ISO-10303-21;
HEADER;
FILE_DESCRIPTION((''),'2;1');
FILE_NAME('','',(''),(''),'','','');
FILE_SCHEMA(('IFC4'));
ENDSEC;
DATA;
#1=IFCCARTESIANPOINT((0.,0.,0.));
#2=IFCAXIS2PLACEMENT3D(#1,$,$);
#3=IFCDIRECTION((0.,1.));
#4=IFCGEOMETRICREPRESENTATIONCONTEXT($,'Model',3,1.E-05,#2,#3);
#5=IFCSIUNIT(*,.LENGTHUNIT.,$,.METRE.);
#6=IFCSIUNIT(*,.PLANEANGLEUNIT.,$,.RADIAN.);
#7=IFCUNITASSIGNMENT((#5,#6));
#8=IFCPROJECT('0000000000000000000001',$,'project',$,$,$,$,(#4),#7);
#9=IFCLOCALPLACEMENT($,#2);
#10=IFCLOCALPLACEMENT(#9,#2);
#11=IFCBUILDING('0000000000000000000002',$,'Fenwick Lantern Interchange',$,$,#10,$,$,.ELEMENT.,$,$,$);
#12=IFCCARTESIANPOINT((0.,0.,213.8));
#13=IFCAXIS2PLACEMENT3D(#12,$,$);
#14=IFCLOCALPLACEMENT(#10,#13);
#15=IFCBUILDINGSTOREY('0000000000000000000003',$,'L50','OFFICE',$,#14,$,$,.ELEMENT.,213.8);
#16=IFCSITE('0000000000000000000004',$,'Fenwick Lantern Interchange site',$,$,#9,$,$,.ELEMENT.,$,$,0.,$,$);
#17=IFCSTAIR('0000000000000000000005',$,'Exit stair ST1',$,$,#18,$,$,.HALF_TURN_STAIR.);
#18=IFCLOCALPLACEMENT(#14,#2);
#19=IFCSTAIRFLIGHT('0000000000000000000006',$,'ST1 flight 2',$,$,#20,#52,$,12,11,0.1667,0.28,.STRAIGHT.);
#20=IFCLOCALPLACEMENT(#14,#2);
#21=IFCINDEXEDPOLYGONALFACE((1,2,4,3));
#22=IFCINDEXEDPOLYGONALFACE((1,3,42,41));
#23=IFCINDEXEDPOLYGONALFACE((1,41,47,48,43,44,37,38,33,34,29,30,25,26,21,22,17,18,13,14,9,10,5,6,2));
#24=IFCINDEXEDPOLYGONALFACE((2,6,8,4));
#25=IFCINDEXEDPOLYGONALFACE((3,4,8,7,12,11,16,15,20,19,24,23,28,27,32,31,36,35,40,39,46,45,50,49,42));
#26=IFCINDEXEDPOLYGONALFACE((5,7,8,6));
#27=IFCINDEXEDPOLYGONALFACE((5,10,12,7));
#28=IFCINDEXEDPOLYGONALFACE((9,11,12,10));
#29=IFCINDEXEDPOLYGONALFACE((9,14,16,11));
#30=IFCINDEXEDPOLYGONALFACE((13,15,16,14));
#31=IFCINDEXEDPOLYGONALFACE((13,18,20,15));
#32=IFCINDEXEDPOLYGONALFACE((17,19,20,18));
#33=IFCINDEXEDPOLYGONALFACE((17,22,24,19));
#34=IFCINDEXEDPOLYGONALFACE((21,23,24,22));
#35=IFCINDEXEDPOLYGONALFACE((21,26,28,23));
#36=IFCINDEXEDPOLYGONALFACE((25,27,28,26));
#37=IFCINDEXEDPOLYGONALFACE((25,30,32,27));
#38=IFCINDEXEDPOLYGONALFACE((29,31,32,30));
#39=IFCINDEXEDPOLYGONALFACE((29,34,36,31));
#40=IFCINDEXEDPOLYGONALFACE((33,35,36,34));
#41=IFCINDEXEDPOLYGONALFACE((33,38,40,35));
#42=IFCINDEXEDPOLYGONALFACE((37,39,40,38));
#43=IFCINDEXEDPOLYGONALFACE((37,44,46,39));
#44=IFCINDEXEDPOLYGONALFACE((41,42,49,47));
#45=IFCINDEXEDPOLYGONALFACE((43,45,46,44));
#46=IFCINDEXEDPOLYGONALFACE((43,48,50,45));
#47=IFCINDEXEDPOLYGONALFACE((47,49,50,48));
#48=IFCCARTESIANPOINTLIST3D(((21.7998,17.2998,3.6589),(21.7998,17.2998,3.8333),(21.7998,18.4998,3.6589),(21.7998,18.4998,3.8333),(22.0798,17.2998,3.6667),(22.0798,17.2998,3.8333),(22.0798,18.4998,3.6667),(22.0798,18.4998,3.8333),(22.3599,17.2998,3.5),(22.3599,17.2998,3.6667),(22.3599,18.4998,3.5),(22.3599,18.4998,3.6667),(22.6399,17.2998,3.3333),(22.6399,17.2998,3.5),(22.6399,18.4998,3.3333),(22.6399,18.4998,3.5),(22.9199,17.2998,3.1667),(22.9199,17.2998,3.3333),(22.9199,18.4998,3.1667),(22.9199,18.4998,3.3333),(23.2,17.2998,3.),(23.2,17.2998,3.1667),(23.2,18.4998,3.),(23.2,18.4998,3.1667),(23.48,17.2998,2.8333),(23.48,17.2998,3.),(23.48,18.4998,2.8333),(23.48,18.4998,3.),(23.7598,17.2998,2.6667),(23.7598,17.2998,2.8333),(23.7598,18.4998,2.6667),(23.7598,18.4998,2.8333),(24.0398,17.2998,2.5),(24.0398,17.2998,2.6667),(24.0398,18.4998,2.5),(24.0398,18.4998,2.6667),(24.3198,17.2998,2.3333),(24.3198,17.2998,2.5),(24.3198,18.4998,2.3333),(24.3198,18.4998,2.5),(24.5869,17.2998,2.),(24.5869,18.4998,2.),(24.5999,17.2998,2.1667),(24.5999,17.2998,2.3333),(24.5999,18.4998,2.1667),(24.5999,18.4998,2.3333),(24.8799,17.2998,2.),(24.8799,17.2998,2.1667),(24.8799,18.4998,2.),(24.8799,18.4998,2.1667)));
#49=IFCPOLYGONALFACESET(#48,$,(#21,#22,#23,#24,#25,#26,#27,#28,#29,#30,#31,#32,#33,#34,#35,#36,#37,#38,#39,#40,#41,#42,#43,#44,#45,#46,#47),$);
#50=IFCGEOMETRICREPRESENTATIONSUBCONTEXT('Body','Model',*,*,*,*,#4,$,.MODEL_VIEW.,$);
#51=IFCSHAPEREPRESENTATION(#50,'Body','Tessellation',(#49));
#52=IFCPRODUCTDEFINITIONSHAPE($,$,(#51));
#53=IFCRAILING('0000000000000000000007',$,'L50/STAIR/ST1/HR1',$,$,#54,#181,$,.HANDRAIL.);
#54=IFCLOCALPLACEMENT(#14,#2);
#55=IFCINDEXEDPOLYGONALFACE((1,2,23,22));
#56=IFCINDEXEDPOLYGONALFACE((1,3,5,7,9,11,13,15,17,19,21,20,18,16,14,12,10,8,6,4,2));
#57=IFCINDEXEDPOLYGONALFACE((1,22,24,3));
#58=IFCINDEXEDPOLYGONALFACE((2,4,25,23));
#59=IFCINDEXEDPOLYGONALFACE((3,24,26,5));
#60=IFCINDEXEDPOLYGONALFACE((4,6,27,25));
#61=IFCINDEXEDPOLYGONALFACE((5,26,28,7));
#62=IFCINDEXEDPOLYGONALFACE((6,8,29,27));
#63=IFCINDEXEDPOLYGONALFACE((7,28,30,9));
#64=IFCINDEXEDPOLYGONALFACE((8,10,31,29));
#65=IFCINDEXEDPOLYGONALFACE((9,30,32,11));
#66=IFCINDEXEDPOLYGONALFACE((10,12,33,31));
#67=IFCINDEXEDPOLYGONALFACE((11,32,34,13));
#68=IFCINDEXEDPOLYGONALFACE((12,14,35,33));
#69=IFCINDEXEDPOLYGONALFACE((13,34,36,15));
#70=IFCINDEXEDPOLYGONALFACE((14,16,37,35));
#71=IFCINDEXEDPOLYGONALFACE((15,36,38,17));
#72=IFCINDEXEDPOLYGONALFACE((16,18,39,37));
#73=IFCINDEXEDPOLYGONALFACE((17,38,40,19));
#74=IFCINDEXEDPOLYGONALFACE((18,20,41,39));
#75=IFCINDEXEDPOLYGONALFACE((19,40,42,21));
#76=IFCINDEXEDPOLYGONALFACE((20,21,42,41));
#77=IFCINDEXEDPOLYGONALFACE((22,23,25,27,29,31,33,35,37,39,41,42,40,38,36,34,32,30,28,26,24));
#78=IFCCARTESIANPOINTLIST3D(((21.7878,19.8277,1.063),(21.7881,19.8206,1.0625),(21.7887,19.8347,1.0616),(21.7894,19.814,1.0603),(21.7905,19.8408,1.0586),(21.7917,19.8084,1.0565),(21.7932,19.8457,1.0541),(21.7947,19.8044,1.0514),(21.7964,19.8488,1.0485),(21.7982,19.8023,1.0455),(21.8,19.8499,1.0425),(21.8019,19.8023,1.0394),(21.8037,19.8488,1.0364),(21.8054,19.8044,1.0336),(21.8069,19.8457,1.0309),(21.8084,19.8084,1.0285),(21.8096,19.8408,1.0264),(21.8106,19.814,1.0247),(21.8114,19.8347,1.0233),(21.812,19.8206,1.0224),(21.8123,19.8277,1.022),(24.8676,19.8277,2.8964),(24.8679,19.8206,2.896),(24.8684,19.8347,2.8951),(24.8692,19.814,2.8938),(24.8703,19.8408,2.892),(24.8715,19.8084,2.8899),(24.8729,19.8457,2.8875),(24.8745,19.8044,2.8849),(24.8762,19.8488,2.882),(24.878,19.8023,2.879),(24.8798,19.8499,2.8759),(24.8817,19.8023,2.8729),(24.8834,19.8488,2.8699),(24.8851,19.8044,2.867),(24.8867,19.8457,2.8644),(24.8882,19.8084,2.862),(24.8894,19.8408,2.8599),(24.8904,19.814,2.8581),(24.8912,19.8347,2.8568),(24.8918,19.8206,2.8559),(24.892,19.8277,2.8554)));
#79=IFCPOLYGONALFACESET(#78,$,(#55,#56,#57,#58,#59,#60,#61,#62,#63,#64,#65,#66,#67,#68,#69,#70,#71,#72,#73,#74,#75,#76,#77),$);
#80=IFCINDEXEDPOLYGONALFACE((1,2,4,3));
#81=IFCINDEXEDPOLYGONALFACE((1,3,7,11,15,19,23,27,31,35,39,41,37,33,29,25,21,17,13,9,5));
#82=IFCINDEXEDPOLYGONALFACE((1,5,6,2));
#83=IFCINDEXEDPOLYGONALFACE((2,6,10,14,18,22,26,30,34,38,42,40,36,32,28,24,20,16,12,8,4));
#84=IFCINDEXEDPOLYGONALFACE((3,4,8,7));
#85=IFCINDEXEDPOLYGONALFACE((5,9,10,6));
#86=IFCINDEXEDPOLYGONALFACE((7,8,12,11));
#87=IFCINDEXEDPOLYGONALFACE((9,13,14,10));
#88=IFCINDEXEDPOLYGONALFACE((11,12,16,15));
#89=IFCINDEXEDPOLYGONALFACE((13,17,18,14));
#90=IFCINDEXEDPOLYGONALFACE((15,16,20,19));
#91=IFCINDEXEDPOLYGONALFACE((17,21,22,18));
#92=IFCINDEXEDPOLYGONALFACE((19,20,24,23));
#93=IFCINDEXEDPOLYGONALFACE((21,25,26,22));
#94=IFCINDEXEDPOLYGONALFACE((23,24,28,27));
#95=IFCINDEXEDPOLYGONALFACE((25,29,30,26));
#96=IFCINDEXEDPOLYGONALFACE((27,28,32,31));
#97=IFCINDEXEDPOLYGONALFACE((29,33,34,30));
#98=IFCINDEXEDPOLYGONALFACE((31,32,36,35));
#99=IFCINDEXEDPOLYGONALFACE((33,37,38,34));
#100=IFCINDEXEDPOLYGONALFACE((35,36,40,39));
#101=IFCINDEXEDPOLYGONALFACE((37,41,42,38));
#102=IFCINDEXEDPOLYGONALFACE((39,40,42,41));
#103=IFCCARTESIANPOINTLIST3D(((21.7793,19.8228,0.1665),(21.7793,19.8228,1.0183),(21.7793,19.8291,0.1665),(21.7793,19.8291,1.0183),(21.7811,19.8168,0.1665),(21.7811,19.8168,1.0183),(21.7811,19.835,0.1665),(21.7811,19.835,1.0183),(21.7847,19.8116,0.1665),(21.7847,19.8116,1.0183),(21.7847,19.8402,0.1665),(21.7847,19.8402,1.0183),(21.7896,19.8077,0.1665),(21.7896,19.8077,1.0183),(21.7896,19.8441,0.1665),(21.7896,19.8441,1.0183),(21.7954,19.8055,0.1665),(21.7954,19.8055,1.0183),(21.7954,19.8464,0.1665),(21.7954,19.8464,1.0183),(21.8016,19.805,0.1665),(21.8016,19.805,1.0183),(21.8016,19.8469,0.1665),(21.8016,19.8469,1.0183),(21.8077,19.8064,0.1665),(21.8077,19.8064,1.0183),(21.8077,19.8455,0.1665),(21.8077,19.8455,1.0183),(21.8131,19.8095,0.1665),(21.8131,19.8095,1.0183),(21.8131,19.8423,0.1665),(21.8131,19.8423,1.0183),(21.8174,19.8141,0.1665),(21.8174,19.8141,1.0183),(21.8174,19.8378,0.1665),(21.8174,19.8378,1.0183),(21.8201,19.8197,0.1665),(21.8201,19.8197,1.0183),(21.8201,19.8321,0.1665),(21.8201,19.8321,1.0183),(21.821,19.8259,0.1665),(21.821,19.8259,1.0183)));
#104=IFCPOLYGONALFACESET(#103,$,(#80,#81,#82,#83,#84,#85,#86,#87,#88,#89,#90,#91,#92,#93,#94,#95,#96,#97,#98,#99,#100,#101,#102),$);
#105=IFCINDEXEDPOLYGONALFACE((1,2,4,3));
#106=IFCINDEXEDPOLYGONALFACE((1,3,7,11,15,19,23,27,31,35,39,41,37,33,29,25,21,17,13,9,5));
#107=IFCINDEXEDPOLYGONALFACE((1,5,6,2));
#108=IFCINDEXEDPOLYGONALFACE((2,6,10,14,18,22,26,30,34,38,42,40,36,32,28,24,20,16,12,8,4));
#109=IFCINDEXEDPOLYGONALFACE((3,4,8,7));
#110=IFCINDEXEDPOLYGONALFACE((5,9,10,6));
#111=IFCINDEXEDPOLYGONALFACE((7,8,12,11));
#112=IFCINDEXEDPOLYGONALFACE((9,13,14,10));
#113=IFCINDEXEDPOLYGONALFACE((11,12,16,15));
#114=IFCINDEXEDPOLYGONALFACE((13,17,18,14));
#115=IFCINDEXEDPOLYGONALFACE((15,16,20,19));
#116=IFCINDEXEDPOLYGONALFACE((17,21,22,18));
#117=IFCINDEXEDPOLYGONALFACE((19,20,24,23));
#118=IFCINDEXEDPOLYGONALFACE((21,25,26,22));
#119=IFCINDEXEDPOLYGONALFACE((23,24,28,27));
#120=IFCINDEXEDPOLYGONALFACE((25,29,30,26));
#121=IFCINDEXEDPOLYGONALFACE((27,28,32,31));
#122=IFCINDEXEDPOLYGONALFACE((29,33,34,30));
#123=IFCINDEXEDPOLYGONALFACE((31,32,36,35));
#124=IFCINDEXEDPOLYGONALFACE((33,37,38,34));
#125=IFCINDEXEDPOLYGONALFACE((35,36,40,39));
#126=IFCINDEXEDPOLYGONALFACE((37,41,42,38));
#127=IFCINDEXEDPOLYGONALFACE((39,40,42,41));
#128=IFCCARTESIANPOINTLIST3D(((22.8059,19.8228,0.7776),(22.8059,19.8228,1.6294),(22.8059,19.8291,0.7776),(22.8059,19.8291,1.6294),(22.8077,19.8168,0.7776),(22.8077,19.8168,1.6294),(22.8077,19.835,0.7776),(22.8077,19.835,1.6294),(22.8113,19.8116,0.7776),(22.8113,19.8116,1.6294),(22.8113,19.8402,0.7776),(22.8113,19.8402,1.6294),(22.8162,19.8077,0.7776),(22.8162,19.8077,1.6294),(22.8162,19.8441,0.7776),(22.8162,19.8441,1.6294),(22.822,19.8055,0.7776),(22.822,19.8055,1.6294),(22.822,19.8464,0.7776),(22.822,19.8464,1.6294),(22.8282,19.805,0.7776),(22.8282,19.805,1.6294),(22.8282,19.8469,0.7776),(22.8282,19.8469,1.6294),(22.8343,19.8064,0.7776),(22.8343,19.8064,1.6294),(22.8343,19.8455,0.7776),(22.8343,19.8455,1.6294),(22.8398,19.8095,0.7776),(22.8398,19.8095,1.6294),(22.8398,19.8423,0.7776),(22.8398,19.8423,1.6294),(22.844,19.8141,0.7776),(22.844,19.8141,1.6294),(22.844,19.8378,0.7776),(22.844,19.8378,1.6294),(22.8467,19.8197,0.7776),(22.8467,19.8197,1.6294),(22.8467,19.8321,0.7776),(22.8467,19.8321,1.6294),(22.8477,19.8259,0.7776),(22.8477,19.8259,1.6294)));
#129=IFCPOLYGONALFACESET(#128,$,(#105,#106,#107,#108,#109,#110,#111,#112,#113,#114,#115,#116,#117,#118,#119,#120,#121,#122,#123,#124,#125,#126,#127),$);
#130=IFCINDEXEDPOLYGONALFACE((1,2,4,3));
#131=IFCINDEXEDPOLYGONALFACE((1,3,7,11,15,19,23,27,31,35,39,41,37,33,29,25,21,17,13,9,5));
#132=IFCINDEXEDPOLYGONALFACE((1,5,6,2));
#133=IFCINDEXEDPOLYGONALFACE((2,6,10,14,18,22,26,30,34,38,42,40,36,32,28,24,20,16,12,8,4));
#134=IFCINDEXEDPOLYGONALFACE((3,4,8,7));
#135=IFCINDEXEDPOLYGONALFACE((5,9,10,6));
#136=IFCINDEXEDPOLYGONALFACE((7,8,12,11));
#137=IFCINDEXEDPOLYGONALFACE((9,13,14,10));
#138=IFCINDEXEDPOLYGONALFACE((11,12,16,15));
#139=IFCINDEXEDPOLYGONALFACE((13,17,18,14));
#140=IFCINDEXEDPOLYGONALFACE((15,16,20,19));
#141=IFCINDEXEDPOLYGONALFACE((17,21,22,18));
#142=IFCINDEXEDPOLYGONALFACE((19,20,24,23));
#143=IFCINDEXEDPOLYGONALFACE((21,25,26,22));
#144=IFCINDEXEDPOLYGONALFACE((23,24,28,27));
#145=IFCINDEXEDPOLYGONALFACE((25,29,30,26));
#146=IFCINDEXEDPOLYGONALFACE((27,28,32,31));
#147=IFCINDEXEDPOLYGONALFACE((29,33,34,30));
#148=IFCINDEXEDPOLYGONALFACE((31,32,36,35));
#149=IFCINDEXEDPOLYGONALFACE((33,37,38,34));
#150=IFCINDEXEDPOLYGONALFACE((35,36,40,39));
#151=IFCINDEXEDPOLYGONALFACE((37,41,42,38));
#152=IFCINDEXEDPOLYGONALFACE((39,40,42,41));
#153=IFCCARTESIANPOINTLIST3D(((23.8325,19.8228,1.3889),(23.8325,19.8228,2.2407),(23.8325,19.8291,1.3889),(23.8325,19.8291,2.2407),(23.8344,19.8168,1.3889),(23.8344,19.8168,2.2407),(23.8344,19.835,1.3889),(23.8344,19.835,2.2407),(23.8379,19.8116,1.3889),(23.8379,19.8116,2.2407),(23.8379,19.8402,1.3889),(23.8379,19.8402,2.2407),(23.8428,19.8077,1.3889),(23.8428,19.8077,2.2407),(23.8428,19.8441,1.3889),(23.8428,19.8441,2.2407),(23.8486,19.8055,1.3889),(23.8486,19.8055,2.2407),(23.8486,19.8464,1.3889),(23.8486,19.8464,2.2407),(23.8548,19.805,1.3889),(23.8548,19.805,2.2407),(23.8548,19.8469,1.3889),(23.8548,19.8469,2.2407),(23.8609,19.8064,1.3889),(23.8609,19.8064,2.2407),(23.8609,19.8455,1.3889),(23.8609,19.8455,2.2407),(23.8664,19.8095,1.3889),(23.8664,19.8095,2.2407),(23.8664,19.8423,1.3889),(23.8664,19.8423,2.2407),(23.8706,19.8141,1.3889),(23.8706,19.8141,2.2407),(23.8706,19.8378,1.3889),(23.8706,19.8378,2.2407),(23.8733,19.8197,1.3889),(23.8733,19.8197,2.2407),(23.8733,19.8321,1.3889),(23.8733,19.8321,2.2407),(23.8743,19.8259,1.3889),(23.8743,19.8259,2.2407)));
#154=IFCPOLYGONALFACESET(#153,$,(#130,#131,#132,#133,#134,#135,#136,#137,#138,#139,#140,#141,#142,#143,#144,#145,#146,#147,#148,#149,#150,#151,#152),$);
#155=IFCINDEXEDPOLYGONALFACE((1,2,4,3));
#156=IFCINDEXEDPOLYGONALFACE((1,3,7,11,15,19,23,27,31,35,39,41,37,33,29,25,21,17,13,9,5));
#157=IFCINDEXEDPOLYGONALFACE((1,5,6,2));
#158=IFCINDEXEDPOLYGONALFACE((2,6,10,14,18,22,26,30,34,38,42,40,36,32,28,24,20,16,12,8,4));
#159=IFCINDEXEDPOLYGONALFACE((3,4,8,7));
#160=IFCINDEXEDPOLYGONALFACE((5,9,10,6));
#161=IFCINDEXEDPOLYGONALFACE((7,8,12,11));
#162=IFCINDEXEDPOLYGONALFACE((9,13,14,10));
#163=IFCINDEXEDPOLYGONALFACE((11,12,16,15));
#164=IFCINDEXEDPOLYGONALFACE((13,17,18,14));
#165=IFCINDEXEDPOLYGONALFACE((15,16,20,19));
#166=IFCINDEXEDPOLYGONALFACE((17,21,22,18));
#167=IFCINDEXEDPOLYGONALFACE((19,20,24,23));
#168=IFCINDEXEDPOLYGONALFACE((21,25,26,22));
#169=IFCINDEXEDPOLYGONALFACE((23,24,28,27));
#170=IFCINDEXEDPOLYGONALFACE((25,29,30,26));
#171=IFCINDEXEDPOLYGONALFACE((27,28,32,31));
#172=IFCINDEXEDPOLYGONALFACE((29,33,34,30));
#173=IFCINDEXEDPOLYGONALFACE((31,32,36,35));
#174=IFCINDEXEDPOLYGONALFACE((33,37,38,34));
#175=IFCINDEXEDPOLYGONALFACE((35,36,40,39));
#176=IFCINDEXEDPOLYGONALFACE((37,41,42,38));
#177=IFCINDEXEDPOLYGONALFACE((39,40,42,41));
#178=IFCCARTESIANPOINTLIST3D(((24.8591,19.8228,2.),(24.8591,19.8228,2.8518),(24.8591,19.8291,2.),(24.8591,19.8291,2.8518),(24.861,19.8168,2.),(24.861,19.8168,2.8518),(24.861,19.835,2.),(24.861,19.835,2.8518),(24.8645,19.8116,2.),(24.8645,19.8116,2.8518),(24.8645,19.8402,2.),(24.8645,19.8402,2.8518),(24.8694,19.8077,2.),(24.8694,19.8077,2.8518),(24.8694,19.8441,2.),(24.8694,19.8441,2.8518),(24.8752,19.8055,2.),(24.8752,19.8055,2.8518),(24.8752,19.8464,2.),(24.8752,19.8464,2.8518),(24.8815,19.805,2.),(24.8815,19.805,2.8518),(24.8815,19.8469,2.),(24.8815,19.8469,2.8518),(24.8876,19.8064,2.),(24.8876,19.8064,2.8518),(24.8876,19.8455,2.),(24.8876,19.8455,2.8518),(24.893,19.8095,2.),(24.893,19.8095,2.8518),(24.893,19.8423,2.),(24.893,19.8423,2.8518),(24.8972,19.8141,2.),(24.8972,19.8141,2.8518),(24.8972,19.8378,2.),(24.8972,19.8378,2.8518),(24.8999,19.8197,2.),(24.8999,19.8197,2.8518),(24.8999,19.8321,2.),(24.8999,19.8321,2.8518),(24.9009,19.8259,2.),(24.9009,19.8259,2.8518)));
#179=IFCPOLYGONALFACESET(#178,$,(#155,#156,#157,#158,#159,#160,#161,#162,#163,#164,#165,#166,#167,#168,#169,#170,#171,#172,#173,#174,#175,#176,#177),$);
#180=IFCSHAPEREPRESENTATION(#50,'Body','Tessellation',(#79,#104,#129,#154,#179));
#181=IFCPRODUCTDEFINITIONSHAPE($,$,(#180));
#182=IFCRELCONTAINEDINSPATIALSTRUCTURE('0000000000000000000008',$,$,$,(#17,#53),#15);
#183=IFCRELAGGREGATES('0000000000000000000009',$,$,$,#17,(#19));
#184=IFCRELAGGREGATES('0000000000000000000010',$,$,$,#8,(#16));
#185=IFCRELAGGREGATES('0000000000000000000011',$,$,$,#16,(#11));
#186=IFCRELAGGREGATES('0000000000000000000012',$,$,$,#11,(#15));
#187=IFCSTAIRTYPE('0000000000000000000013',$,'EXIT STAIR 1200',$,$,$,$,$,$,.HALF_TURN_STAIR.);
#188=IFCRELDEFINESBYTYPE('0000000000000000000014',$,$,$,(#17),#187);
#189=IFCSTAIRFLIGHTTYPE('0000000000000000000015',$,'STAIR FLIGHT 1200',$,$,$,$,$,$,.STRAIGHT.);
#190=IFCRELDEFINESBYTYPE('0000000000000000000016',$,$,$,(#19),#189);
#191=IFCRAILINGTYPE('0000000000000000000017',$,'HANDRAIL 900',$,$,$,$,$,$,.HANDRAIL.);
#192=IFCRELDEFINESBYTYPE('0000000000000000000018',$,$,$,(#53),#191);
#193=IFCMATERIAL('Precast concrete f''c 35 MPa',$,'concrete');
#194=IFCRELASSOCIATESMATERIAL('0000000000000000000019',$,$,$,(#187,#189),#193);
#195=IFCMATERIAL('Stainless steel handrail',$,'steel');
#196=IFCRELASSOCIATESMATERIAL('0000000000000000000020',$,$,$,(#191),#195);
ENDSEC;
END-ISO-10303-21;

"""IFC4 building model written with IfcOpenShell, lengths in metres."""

from ifc_helpers import new_model, si_unit, direction, frame, origin, origin_2d, place, context, subcontext, project, spatial, polyline, circle, outline, extrude, material, type_object, element, aggregate, save


model = new_model("IFC4")

# Units and contexts
model_context = context("Model", 3, precision=1e-05, world=origin(), true_north=direction((0.0, 1.0)))
body_context = subcontext(model_context, "Body", "Model", "MODEL_VIEW")
ifc_project = project(units=[si_unit("LENGTHUNIT", "METRE"), si_unit("PLANEANGLEUNIT", "RADIAN")], contexts=[model_context])

# Site, building, storey
site_placement = place(None, origin())
site = spatial("IfcSite", under=ifc_project, at=site_placement, Name="Fenwick Lantern Interchange site", CompositionType="ELEMENT", RefElevation=0.0)
building_placement = place(site_placement, origin())
building = spatial("IfcBuilding", under=site, at=building_placement, Name="Fenwick Lantern Interchange", CompositionType="ELEMENT")
storey_placement = place(building_placement, frame((0.0, 0.0, 213.8)))
storey = spatial("IfcBuildingStorey", under=building, at=storey_placement, Name="L50", Description="OFFICE", CompositionType="ELEMENT", Elevation=213.8)

# Stair, stair flight
ifc_material_1 = material(Name="Precast concrete f'c 35 MPa", Category="concrete")
stair_type = type_object("IfcStairType", Name="EXIT STAIR 1200", PredefinedType="HALF_TURN_STAIR", material=ifc_material_1)
stair_placement = place(storey_placement, origin())
stair = element("IfcStair", 1, at=stair_placement, inside=storey, type_object=stair_type, Name="Exit stair ST1", PredefinedType="HALF_TURN_STAIR")
stair_flight_type = type_object("IfcStairFlightType", Name="STAIR FLIGHT 1200", PredefinedType="STRAIGHT", material=ifc_material_1)
stair_flight_1_placement = place(storey_placement, frame((24.8799, 17.8999, 2.0), z_axis=(0.0, 0.0, 1.0), x_axis=(-1.0, 0.0, 0.0)))
stair_flight_1 = element("IfcStairFlight", 2, at=stair_flight_1_placement, type_object=stair_flight_type, Name="ST1 flight 2", NumberOfRisers=12, NumberOfTreads=11, PredefinedType="STRAIGHT", RiserHeight=0.1667, TreadLength=0.28, context=body_context, shape_type="SweptSolid", body=[
    extrude(outline(polyline([(0.0, 0.0), (0.0, 0.1667), (0.28, 0.1667), (0.28, 0.3333), (0.5601, 0.3333), (0.5601, 0.5), (0.8401, 0.5), (0.8401, 0.6667), (1.1201, 0.6667), (1.1201, 0.8333), (1.3999, 0.8333), (1.3999, 1.0), (1.6799, 1.0), (1.6799, 1.1667), (1.96, 1.1667), (1.96, 1.3333), (2.24, 1.3333), (2.24, 1.5), (2.52, 1.5), (2.52, 1.6667), (2.8, 1.6667), (2.8, 1.8333), (3.0801, 1.8333), (3.0801, 2.0), (3.0801, 1.6589), (0.293, 0.0), (0.0, 0.0)])), frame((0.0, 0.6001, 0.0), z_axis=(0.0, -1.0, 0.0), x_axis=(1.0, 0.0, 0.0)), (0.0, 0.0, 1.0), 1.2),
])
aggregate(stair, [stair_flight_1])

# Railing
ifc_material_2 = material(Name="Stainless steel handrail", Category="steel")
railing_type = type_object("IfcRailingType", Name="HANDRAIL 900", PredefinedType="HANDRAIL", material=ifc_material_2)
railing_1_placement = place(storey_placement, frame((21.8, 19.8259, 0.1665)))
element("IfcRailing", 3, at=railing_1_placement, inside=storey, type_object=railing_type, Name="L50/STAIR/ST1/HR1", PredefinedType="HANDRAIL", context=body_context, shape_type="SweptSolid", body=[
    extrude(circle(Radius=0.0239, at=origin_2d()), frame((0.0, 0.0, 0.876), z_axis=(0.859261, 0.0, 0.511538), x_axis=(0.0, 1.0, 0.0)), (0.0, 0.0, 1.0), 3.5842),
    extrude(circle(Radius=0.021, at=origin_2d()), origin(), (0.0, 0.0, 1.0), 0.8518),
    extrude(circle(Radius=0.021, at=origin_2d()), frame((1.0266, 0.0, 0.6111)), (0.0, 0.0, 1.0), 0.8518),
    extrude(circle(Radius=0.021, at=origin_2d()), frame((2.0532, 0.0, 1.2224)), (0.0, 0.0, 1.0), 0.8518),
    extrude(circle(Radius=0.021, at=origin_2d()), frame((3.0798, 0.0, 1.8335)), (0.0, 0.0, 1.0), 0.8518),
])

save(model, "model.ifc")
